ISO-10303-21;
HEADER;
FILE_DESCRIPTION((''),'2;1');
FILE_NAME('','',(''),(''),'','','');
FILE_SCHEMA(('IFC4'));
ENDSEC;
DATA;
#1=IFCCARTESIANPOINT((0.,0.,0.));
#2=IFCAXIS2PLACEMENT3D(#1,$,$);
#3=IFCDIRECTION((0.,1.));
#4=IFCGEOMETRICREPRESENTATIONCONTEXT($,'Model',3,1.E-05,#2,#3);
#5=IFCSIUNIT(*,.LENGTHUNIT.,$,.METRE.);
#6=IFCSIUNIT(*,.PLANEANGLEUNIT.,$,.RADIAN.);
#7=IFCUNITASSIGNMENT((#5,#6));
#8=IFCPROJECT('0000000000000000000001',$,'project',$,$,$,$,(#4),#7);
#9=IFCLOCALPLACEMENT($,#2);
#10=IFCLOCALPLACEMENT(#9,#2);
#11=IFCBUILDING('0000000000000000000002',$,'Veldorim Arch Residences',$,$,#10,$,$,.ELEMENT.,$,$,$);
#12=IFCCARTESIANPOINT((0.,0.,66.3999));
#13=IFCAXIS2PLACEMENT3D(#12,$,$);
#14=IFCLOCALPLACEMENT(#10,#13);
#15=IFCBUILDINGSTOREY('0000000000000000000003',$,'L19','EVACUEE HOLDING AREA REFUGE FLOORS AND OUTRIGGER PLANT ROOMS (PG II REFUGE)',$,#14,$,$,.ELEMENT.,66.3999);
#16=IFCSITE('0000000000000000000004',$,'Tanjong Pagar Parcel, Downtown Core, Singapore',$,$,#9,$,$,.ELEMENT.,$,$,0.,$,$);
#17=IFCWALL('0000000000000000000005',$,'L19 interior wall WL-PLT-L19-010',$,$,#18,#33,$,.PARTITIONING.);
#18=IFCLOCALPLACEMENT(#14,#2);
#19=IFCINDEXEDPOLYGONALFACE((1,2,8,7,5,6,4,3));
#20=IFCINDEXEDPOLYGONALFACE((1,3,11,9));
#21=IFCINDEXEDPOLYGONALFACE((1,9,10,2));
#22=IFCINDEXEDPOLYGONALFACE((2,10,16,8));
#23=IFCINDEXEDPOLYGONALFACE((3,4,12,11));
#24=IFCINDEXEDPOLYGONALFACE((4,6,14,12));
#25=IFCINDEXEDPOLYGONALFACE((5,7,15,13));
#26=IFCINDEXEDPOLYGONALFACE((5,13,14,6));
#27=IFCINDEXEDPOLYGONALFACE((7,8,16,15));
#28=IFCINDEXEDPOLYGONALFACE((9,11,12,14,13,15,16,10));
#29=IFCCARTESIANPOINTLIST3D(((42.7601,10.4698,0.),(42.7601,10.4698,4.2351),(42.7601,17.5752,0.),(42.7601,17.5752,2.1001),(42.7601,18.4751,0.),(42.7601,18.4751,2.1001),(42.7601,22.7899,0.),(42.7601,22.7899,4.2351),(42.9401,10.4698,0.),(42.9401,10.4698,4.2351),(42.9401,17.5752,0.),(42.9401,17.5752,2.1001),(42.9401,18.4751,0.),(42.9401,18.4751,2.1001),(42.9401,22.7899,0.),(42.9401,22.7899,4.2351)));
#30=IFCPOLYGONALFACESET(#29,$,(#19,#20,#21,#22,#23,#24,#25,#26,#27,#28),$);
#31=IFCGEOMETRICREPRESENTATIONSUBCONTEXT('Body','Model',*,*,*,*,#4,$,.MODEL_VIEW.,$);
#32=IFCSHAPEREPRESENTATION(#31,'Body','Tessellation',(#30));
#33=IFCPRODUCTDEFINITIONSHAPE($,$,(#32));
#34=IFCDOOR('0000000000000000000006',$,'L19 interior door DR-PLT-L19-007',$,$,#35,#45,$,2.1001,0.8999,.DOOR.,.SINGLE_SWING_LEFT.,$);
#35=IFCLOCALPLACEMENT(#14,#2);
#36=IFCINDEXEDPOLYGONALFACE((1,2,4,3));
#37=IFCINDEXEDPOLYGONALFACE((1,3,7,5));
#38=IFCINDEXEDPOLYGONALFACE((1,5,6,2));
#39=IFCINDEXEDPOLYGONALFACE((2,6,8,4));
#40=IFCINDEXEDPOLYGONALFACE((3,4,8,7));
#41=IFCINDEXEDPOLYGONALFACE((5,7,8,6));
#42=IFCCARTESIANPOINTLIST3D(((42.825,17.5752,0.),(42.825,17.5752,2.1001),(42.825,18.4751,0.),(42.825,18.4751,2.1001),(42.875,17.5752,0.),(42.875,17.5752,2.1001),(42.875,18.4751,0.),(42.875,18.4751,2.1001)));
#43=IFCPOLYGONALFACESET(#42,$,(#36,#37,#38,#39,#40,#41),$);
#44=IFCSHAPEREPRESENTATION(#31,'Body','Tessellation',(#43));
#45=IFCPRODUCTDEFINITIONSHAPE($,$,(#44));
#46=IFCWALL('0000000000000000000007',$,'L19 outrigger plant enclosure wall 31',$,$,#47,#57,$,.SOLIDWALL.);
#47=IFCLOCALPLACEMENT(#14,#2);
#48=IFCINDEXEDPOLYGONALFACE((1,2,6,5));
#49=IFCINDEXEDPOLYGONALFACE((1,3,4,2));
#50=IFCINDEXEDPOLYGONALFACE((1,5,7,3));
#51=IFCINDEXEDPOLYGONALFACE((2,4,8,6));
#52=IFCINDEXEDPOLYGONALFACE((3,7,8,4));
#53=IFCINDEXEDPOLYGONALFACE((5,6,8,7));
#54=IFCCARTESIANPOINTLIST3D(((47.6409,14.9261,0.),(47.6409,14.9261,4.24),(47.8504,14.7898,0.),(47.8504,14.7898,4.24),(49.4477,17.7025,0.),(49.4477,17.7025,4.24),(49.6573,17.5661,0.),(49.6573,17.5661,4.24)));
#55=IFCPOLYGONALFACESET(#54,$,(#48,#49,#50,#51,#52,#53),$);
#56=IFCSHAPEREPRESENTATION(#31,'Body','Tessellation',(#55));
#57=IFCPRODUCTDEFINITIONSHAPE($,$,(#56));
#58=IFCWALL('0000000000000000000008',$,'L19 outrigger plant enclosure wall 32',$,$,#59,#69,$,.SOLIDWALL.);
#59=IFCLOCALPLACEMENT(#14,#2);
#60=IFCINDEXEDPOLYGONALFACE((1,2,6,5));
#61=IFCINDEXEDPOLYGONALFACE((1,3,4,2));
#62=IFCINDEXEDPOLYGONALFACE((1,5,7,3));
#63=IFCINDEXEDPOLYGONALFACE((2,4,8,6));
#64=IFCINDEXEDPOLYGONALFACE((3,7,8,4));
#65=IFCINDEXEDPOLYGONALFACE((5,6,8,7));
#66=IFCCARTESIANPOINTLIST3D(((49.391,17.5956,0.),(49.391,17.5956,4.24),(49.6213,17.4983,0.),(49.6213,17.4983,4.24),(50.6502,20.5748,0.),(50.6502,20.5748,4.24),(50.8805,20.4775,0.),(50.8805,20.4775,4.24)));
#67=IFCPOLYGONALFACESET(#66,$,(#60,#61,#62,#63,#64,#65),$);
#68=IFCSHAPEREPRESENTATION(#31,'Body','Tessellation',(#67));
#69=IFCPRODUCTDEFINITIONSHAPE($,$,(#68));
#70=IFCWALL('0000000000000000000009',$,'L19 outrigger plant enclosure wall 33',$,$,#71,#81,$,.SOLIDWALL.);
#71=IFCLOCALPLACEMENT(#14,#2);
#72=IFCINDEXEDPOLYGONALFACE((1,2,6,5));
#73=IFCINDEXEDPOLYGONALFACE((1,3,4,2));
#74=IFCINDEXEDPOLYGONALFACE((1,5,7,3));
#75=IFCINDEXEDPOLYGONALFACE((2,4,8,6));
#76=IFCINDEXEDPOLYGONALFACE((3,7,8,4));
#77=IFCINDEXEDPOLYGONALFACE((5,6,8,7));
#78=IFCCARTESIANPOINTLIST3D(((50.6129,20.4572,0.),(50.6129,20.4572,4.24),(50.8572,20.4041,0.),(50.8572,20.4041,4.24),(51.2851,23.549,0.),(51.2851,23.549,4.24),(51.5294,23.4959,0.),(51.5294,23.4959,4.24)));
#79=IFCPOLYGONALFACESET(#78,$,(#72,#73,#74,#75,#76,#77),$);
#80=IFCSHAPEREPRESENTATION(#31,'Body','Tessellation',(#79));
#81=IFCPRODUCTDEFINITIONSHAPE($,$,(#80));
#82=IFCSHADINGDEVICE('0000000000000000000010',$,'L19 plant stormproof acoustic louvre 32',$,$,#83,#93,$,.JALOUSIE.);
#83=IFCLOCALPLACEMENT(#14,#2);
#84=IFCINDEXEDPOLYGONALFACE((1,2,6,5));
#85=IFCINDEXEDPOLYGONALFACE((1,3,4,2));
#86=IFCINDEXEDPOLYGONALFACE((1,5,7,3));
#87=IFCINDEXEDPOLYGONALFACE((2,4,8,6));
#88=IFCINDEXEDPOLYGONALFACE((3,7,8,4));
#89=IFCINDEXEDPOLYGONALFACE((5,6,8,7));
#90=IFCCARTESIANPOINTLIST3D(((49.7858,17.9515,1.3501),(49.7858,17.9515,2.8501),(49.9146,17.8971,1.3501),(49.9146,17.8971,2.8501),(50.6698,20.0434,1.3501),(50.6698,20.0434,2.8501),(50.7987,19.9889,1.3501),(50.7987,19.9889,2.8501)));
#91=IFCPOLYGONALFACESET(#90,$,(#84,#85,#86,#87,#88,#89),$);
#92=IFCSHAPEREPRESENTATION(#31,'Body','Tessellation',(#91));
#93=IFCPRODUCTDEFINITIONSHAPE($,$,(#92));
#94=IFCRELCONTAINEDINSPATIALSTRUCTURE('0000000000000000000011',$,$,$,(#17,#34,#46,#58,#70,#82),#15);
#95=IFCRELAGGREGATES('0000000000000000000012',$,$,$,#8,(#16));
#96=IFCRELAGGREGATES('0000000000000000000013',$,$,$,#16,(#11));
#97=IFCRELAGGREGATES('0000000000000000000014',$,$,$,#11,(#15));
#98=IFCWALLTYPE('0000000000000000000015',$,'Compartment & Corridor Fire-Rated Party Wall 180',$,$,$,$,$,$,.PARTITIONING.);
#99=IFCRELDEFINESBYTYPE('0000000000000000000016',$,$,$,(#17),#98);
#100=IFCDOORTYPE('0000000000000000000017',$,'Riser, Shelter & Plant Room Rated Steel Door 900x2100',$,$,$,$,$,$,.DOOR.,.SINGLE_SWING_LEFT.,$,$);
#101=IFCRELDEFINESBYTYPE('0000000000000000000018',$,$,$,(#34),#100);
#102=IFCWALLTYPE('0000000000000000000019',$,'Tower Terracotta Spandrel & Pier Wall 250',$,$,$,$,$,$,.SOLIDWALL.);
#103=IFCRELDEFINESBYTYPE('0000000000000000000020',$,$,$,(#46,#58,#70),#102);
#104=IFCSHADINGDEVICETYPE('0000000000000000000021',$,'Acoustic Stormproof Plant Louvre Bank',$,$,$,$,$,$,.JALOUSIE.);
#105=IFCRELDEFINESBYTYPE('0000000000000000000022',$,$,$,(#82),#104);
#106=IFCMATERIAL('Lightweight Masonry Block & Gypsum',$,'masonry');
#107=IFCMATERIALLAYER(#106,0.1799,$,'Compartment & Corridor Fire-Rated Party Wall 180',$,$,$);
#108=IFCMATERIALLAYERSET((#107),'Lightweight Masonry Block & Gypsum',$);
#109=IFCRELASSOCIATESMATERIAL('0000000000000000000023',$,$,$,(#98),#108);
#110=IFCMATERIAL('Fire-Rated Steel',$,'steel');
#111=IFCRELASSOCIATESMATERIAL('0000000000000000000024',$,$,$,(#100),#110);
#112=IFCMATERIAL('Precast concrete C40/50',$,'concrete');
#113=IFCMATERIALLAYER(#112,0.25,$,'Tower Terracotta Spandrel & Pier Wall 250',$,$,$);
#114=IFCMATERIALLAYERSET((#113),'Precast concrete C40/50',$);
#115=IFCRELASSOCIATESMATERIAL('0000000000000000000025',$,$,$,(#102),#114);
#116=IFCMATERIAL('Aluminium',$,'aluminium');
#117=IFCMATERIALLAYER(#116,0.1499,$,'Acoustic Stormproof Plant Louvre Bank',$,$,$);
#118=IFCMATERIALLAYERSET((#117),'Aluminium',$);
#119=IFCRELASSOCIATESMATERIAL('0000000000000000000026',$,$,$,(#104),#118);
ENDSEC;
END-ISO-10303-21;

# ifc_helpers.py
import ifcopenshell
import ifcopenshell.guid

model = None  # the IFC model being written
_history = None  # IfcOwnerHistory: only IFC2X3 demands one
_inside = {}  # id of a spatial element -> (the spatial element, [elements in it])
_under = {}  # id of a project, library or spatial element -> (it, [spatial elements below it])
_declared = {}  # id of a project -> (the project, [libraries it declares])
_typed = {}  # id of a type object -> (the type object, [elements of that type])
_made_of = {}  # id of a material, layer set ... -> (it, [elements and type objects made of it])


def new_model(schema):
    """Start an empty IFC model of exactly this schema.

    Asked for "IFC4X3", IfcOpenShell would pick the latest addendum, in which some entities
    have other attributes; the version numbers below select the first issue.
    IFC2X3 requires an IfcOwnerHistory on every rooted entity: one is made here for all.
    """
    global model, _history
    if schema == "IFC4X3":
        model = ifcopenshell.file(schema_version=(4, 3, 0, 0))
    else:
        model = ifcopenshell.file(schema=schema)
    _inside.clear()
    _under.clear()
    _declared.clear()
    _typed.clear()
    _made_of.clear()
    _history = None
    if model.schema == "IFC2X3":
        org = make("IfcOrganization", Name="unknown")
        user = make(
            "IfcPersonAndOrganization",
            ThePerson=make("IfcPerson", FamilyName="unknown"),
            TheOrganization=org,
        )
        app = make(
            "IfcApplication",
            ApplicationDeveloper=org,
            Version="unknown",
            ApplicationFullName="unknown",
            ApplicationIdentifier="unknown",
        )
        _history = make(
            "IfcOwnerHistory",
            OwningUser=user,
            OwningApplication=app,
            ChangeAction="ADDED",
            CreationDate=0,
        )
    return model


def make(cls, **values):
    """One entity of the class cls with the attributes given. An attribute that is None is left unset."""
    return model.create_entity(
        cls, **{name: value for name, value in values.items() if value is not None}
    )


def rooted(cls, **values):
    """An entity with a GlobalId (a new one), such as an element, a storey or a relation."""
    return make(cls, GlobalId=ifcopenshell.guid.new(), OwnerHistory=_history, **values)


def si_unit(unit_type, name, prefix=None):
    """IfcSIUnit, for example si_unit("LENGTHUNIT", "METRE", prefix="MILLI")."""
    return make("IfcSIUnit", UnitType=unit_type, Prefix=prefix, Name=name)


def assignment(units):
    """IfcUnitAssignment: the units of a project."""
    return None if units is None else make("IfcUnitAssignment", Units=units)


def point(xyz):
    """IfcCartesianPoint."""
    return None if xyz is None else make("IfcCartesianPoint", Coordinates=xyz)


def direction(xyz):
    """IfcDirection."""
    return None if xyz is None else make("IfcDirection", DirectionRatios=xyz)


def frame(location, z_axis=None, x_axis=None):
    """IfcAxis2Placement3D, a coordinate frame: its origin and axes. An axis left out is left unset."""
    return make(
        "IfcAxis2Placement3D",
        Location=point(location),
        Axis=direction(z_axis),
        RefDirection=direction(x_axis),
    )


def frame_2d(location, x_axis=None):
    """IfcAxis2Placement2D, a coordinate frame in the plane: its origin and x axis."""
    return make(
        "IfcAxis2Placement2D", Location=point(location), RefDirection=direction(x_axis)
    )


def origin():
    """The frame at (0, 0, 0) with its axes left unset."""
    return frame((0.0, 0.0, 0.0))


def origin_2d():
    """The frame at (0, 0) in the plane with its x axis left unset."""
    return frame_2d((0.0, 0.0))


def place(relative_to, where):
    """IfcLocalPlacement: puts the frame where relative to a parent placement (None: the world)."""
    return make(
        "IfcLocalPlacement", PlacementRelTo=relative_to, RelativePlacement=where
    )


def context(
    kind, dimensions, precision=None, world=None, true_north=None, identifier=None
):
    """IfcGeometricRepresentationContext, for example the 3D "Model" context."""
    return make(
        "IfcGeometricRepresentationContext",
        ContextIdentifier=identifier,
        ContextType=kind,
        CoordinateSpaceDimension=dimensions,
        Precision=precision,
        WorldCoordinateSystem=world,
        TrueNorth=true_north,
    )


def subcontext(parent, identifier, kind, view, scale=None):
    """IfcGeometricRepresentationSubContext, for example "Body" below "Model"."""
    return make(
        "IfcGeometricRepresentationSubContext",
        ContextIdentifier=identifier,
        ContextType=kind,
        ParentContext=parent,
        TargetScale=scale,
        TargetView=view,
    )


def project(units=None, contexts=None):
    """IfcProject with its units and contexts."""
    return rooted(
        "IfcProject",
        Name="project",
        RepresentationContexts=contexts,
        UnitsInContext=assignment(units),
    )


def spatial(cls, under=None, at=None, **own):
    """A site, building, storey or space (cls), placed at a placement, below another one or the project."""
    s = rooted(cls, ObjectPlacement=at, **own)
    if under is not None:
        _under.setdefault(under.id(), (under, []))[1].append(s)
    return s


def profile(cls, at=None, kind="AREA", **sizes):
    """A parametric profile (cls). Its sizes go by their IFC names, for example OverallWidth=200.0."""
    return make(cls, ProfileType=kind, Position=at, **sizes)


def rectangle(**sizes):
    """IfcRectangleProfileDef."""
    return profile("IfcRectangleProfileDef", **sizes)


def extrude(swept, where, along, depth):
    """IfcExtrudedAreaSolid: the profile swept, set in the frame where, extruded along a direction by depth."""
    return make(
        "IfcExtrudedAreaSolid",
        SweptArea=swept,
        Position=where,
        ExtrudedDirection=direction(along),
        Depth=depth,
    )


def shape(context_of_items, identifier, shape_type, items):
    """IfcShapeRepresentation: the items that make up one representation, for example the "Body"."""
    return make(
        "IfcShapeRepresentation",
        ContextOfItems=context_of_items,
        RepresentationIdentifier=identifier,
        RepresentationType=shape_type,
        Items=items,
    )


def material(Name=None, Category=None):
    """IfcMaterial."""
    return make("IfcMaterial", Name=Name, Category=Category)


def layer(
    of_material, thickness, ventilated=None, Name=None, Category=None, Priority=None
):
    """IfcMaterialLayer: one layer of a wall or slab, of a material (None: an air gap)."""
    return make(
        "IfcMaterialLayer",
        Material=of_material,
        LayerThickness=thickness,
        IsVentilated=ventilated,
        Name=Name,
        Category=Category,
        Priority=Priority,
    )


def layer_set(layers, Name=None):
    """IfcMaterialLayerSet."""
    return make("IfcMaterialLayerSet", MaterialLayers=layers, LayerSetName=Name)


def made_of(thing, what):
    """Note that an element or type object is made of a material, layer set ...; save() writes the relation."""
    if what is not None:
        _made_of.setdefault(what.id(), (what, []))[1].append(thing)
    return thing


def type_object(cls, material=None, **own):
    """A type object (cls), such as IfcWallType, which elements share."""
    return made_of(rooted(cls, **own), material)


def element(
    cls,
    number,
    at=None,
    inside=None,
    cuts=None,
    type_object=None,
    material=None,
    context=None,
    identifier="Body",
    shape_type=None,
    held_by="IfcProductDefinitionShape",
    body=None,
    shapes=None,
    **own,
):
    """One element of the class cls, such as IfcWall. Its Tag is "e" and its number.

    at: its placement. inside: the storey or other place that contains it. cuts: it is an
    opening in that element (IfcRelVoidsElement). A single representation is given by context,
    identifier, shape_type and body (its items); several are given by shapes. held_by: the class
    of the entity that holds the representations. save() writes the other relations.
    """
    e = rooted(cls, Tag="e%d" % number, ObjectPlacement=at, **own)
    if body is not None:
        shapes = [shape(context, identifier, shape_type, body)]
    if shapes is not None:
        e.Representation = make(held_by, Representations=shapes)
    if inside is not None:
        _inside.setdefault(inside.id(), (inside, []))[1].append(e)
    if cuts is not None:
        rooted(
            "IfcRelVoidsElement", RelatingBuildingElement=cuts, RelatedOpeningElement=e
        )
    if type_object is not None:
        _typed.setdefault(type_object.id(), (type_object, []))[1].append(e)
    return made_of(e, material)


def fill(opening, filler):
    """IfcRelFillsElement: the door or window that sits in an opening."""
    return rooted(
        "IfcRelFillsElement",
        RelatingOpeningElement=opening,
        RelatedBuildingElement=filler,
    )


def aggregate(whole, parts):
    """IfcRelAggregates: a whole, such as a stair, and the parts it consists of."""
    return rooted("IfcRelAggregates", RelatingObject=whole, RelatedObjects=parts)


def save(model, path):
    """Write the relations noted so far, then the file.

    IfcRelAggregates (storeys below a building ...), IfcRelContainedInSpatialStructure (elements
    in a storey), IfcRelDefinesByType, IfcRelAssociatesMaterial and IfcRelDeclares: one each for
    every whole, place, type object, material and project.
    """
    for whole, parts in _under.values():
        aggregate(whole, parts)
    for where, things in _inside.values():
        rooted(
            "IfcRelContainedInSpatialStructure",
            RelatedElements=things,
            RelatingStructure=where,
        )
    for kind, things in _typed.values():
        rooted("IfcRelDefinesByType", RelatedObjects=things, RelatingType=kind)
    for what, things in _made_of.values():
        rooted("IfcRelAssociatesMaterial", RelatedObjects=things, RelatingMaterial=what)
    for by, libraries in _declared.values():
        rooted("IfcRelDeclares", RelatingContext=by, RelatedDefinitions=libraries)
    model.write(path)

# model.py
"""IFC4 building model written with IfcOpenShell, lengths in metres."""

from ifc_helpers import new_model, si_unit, direction, frame, frame_2d, origin, origin_2d, place, context, subcontext, project, spatial, rectangle, extrude, material, layer, layer_set, type_object, element, fill, save


model = new_model("IFC4")

# Units and contexts
model_context = context("Model", 3, precision=1e-05, world=origin(), true_north=direction((0.0, 1.0)))
body_context = subcontext(model_context, "Body", "Model", "MODEL_VIEW")
ifc_project = project(units=[si_unit("LENGTHUNIT", "METRE"), si_unit("PLANEANGLEUNIT", "RADIAN")], contexts=[model_context])

# Site, building, storey
site_placement = place(None, origin())
site = spatial("IfcSite", under=ifc_project, at=site_placement, Name="Tanjong Pagar Parcel, Downtown Core, Singapore", CompositionType="ELEMENT", RefElevation=0.0)
building_placement = place(site_placement, origin())
building = spatial("IfcBuilding", under=site, at=building_placement, Name="Veldorim Arch Residences", CompositionType="ELEMENT")
storey_placement = place(building_placement, frame((0.0, 0.0, 66.3999)))
storey = spatial("IfcBuildingStorey", under=building, at=storey_placement, Name="L19", Description="EVACUEE HOLDING AREA REFUGE FLOORS AND OUTRIGGER PLANT ROOMS (PG II REFUGE)", CompositionType="ELEMENT", Elevation=66.3999)

# Shared definitions
ifc_material_1 = material(Name="Lightweight Masonry Block & Gypsum", Category="masonry")
ifc_layer_1 = layer(ifc_material_1, 0.1799, Name="Compartment & Corridor Fire-Rated Party Wall 180")
ifc_layer_set_1 = layer_set([ifc_layer_1], Name="Lightweight Masonry Block & Gypsum")
wall_type_1 = type_object("IfcWallType", Name="Compartment & Corridor Fire-Rated Party Wall 180", PredefinedType="PARTITIONING", material=ifc_layer_set_1)

# Wall, opening, door
wall_1_placement = place(storey_placement, frame((42.8501, 22.79, 0.0), z_axis=(0.0, 0.0, 1.0), x_axis=(0.0, -1.0, 0.0)))
wall_1 = element("IfcWall", 1, at=wall_1_placement, inside=storey, type_object=wall_type_1, Name="L19 interior wall WL-PLT-L19-010", PredefinedType="PARTITIONING", context=body_context, shape_type="SweptSolid", body=[
    extrude(rectangle(XDim=12.3201, YDim=0.1799, at=frame_2d((6.1602, 0.0))), origin(), (0.0, 0.0, 1.0), 4.2351),
])
opening_1_placement = place(wall_1_placement, frame((4.3149, 0.0, 0.0)))
opening_1 = element("IfcOpeningElement", 2, at=opening_1_placement, cuts=wall_1, PredefinedType="OPENING", context=body_context, shape_type="SweptSolid", body=[
    extrude(rectangle(XDim=0.8999, YDim=2.1001, at=frame_2d((0.45, 1.05))), frame((0.0, 0.0999, 0.0), z_axis=(0.0, -1.0, 0.0), x_axis=(1.0, 0.0, 0.0)), (0.0, 0.0, 1.0), 0.2),
])
ifc_material_2 = material(Name="Fire-Rated Steel", Category="steel")
door_type_1 = type_object("IfcDoorType", Name="Riser, Shelter & Plant Room Rated Steel Door 900x2100", OperationType="SINGLE_SWING_LEFT", PredefinedType="DOOR", material=ifc_material_2)
door_1_placement = place(opening_1_placement, origin())
door_1 = element("IfcDoor", 3, at=door_1_placement, inside=storey, type_object=door_type_1, Name="L19 interior door DR-PLT-L19-007", OperationType="SINGLE_SWING_LEFT", OverallHeight=2.1001, OverallWidth=0.8999, PredefinedType="DOOR", context=body_context, shape_type="SweptSolid", body=[
    extrude(rectangle(XDim=0.8999, YDim=2.1001, at=frame_2d((0.45, 1.05))), frame((0.0, 0.0249, 0.0), z_axis=(0.0, -1.0, 0.0), x_axis=(1.0, 0.0, 0.0)), (0.0, 0.0, 1.0), 0.05),
])
fill(opening_1, door_1)

# Walls
ifc_material_3 = material(Name="Precast concrete C40/50", Category="concrete")
ifc_layer_2 = layer(ifc_material_3, 0.25, Name="Tower Terracotta Spandrel & Pier Wall 250")
ifc_layer_set_2 = layer_set([ifc_layer_2], Name="Precast concrete C40/50")
wall_type_2 = type_object("IfcWallType", Name="Tower Terracotta Spandrel & Pier Wall 250", PredefinedType="SOLIDWALL", material=ifc_layer_set_2)
wall_2_placement = place(storey_placement, frame((49.5525, 17.6343, 0.0), z_axis=(0.0, 0.0, 1.0), x_axis=(-0.545465, -0.838134, 0.0)))
element("IfcWall", 4, at=wall_2_placement, inside=storey, type_object=wall_type_2, Name="L19 outrigger plant enclosure wall 31", PredefinedType="SOLIDWALL", context=body_context, shape_type="SweptSolid", body=[
    extrude(rectangle(XDim=3.3125, YDim=0.25, at=frame_2d((1.6562, 0.0))), origin(), (0.0, 0.0, 1.0), 4.24),
])
wall_3_placement = place(storey_placement, frame((50.7654, 20.5261, 0.0), z_axis=(0.0, 0.0, 1.0), x_axis=(-0.389332, -0.921097, 0.0)))
element("IfcWall", 5, at=wall_3_placement, inside=storey, type_object=wall_type_2, Name="L19 outrigger plant enclosure wall 32", PredefinedType="SOLIDWALL", context=body_context, shape_type="SweptSolid", body=[
    extrude(rectangle(XDim=3.2344, YDim=0.25, at=frame_2d((1.6172, 0.0))), origin(), (0.0, 0.0, 1.0), 4.24),
])
wall_4_placement = place(storey_placement, frame((51.4072, 23.5225, 0.0), z_axis=(0.0, 0.0, 1.0), x_axis=(-0.212426, -0.977177, 0.0)))
element("IfcWall", 6, at=wall_4_placement, inside=storey, type_object=wall_type_2, Name="L19 outrigger plant enclosure wall 33", PredefinedType="SOLIDWALL", context=body_context, shape_type="SweptSolid", body=[
    extrude(rectangle(XDim=3.1641, YDim=0.25, at=frame_2d((1.582, 0.0))), origin(), (0.0, 0.0, 1.0), 4.24),
])

# Shading device
ifc_material_4 = material(Name="Aluminium", Category="aluminium")
ifc_layer_3 = layer(ifc_material_4, 0.1499, Name="Acoustic Stormproof Plant Louvre Bank")
ifc_layer_set_3 = layer_set([ifc_layer_3], Name="Aluminium")
shading_device_type = type_object("IfcShadingDeviceType", Name="Acoustic Stormproof Plant Louvre Bank", PredefinedType="JALOUSIE", material=ifc_layer_set_3)
shading_device_placement = place(storey_placement, frame((50.2922, 18.9702, 1.3501), z_axis=(0.0, 0.0, 1.0), x_axis=(-0.389285, -0.921117, 0.0)))
element("IfcShadingDevice", 7, at=shading_device_placement, inside=storey, type_object=shading_device_type, Name="L19 plant stormproof acoustic louvre 32", PredefinedType="JALOUSIE", context=body_context, shape_type="SweptSolid", body=[
    extrude(rectangle(XDim=2.271, YDim=0.1399, at=origin_2d()), origin(), (0.0, 0.0, 1.0), 1.5),
])

save(model, "model.ifc")
